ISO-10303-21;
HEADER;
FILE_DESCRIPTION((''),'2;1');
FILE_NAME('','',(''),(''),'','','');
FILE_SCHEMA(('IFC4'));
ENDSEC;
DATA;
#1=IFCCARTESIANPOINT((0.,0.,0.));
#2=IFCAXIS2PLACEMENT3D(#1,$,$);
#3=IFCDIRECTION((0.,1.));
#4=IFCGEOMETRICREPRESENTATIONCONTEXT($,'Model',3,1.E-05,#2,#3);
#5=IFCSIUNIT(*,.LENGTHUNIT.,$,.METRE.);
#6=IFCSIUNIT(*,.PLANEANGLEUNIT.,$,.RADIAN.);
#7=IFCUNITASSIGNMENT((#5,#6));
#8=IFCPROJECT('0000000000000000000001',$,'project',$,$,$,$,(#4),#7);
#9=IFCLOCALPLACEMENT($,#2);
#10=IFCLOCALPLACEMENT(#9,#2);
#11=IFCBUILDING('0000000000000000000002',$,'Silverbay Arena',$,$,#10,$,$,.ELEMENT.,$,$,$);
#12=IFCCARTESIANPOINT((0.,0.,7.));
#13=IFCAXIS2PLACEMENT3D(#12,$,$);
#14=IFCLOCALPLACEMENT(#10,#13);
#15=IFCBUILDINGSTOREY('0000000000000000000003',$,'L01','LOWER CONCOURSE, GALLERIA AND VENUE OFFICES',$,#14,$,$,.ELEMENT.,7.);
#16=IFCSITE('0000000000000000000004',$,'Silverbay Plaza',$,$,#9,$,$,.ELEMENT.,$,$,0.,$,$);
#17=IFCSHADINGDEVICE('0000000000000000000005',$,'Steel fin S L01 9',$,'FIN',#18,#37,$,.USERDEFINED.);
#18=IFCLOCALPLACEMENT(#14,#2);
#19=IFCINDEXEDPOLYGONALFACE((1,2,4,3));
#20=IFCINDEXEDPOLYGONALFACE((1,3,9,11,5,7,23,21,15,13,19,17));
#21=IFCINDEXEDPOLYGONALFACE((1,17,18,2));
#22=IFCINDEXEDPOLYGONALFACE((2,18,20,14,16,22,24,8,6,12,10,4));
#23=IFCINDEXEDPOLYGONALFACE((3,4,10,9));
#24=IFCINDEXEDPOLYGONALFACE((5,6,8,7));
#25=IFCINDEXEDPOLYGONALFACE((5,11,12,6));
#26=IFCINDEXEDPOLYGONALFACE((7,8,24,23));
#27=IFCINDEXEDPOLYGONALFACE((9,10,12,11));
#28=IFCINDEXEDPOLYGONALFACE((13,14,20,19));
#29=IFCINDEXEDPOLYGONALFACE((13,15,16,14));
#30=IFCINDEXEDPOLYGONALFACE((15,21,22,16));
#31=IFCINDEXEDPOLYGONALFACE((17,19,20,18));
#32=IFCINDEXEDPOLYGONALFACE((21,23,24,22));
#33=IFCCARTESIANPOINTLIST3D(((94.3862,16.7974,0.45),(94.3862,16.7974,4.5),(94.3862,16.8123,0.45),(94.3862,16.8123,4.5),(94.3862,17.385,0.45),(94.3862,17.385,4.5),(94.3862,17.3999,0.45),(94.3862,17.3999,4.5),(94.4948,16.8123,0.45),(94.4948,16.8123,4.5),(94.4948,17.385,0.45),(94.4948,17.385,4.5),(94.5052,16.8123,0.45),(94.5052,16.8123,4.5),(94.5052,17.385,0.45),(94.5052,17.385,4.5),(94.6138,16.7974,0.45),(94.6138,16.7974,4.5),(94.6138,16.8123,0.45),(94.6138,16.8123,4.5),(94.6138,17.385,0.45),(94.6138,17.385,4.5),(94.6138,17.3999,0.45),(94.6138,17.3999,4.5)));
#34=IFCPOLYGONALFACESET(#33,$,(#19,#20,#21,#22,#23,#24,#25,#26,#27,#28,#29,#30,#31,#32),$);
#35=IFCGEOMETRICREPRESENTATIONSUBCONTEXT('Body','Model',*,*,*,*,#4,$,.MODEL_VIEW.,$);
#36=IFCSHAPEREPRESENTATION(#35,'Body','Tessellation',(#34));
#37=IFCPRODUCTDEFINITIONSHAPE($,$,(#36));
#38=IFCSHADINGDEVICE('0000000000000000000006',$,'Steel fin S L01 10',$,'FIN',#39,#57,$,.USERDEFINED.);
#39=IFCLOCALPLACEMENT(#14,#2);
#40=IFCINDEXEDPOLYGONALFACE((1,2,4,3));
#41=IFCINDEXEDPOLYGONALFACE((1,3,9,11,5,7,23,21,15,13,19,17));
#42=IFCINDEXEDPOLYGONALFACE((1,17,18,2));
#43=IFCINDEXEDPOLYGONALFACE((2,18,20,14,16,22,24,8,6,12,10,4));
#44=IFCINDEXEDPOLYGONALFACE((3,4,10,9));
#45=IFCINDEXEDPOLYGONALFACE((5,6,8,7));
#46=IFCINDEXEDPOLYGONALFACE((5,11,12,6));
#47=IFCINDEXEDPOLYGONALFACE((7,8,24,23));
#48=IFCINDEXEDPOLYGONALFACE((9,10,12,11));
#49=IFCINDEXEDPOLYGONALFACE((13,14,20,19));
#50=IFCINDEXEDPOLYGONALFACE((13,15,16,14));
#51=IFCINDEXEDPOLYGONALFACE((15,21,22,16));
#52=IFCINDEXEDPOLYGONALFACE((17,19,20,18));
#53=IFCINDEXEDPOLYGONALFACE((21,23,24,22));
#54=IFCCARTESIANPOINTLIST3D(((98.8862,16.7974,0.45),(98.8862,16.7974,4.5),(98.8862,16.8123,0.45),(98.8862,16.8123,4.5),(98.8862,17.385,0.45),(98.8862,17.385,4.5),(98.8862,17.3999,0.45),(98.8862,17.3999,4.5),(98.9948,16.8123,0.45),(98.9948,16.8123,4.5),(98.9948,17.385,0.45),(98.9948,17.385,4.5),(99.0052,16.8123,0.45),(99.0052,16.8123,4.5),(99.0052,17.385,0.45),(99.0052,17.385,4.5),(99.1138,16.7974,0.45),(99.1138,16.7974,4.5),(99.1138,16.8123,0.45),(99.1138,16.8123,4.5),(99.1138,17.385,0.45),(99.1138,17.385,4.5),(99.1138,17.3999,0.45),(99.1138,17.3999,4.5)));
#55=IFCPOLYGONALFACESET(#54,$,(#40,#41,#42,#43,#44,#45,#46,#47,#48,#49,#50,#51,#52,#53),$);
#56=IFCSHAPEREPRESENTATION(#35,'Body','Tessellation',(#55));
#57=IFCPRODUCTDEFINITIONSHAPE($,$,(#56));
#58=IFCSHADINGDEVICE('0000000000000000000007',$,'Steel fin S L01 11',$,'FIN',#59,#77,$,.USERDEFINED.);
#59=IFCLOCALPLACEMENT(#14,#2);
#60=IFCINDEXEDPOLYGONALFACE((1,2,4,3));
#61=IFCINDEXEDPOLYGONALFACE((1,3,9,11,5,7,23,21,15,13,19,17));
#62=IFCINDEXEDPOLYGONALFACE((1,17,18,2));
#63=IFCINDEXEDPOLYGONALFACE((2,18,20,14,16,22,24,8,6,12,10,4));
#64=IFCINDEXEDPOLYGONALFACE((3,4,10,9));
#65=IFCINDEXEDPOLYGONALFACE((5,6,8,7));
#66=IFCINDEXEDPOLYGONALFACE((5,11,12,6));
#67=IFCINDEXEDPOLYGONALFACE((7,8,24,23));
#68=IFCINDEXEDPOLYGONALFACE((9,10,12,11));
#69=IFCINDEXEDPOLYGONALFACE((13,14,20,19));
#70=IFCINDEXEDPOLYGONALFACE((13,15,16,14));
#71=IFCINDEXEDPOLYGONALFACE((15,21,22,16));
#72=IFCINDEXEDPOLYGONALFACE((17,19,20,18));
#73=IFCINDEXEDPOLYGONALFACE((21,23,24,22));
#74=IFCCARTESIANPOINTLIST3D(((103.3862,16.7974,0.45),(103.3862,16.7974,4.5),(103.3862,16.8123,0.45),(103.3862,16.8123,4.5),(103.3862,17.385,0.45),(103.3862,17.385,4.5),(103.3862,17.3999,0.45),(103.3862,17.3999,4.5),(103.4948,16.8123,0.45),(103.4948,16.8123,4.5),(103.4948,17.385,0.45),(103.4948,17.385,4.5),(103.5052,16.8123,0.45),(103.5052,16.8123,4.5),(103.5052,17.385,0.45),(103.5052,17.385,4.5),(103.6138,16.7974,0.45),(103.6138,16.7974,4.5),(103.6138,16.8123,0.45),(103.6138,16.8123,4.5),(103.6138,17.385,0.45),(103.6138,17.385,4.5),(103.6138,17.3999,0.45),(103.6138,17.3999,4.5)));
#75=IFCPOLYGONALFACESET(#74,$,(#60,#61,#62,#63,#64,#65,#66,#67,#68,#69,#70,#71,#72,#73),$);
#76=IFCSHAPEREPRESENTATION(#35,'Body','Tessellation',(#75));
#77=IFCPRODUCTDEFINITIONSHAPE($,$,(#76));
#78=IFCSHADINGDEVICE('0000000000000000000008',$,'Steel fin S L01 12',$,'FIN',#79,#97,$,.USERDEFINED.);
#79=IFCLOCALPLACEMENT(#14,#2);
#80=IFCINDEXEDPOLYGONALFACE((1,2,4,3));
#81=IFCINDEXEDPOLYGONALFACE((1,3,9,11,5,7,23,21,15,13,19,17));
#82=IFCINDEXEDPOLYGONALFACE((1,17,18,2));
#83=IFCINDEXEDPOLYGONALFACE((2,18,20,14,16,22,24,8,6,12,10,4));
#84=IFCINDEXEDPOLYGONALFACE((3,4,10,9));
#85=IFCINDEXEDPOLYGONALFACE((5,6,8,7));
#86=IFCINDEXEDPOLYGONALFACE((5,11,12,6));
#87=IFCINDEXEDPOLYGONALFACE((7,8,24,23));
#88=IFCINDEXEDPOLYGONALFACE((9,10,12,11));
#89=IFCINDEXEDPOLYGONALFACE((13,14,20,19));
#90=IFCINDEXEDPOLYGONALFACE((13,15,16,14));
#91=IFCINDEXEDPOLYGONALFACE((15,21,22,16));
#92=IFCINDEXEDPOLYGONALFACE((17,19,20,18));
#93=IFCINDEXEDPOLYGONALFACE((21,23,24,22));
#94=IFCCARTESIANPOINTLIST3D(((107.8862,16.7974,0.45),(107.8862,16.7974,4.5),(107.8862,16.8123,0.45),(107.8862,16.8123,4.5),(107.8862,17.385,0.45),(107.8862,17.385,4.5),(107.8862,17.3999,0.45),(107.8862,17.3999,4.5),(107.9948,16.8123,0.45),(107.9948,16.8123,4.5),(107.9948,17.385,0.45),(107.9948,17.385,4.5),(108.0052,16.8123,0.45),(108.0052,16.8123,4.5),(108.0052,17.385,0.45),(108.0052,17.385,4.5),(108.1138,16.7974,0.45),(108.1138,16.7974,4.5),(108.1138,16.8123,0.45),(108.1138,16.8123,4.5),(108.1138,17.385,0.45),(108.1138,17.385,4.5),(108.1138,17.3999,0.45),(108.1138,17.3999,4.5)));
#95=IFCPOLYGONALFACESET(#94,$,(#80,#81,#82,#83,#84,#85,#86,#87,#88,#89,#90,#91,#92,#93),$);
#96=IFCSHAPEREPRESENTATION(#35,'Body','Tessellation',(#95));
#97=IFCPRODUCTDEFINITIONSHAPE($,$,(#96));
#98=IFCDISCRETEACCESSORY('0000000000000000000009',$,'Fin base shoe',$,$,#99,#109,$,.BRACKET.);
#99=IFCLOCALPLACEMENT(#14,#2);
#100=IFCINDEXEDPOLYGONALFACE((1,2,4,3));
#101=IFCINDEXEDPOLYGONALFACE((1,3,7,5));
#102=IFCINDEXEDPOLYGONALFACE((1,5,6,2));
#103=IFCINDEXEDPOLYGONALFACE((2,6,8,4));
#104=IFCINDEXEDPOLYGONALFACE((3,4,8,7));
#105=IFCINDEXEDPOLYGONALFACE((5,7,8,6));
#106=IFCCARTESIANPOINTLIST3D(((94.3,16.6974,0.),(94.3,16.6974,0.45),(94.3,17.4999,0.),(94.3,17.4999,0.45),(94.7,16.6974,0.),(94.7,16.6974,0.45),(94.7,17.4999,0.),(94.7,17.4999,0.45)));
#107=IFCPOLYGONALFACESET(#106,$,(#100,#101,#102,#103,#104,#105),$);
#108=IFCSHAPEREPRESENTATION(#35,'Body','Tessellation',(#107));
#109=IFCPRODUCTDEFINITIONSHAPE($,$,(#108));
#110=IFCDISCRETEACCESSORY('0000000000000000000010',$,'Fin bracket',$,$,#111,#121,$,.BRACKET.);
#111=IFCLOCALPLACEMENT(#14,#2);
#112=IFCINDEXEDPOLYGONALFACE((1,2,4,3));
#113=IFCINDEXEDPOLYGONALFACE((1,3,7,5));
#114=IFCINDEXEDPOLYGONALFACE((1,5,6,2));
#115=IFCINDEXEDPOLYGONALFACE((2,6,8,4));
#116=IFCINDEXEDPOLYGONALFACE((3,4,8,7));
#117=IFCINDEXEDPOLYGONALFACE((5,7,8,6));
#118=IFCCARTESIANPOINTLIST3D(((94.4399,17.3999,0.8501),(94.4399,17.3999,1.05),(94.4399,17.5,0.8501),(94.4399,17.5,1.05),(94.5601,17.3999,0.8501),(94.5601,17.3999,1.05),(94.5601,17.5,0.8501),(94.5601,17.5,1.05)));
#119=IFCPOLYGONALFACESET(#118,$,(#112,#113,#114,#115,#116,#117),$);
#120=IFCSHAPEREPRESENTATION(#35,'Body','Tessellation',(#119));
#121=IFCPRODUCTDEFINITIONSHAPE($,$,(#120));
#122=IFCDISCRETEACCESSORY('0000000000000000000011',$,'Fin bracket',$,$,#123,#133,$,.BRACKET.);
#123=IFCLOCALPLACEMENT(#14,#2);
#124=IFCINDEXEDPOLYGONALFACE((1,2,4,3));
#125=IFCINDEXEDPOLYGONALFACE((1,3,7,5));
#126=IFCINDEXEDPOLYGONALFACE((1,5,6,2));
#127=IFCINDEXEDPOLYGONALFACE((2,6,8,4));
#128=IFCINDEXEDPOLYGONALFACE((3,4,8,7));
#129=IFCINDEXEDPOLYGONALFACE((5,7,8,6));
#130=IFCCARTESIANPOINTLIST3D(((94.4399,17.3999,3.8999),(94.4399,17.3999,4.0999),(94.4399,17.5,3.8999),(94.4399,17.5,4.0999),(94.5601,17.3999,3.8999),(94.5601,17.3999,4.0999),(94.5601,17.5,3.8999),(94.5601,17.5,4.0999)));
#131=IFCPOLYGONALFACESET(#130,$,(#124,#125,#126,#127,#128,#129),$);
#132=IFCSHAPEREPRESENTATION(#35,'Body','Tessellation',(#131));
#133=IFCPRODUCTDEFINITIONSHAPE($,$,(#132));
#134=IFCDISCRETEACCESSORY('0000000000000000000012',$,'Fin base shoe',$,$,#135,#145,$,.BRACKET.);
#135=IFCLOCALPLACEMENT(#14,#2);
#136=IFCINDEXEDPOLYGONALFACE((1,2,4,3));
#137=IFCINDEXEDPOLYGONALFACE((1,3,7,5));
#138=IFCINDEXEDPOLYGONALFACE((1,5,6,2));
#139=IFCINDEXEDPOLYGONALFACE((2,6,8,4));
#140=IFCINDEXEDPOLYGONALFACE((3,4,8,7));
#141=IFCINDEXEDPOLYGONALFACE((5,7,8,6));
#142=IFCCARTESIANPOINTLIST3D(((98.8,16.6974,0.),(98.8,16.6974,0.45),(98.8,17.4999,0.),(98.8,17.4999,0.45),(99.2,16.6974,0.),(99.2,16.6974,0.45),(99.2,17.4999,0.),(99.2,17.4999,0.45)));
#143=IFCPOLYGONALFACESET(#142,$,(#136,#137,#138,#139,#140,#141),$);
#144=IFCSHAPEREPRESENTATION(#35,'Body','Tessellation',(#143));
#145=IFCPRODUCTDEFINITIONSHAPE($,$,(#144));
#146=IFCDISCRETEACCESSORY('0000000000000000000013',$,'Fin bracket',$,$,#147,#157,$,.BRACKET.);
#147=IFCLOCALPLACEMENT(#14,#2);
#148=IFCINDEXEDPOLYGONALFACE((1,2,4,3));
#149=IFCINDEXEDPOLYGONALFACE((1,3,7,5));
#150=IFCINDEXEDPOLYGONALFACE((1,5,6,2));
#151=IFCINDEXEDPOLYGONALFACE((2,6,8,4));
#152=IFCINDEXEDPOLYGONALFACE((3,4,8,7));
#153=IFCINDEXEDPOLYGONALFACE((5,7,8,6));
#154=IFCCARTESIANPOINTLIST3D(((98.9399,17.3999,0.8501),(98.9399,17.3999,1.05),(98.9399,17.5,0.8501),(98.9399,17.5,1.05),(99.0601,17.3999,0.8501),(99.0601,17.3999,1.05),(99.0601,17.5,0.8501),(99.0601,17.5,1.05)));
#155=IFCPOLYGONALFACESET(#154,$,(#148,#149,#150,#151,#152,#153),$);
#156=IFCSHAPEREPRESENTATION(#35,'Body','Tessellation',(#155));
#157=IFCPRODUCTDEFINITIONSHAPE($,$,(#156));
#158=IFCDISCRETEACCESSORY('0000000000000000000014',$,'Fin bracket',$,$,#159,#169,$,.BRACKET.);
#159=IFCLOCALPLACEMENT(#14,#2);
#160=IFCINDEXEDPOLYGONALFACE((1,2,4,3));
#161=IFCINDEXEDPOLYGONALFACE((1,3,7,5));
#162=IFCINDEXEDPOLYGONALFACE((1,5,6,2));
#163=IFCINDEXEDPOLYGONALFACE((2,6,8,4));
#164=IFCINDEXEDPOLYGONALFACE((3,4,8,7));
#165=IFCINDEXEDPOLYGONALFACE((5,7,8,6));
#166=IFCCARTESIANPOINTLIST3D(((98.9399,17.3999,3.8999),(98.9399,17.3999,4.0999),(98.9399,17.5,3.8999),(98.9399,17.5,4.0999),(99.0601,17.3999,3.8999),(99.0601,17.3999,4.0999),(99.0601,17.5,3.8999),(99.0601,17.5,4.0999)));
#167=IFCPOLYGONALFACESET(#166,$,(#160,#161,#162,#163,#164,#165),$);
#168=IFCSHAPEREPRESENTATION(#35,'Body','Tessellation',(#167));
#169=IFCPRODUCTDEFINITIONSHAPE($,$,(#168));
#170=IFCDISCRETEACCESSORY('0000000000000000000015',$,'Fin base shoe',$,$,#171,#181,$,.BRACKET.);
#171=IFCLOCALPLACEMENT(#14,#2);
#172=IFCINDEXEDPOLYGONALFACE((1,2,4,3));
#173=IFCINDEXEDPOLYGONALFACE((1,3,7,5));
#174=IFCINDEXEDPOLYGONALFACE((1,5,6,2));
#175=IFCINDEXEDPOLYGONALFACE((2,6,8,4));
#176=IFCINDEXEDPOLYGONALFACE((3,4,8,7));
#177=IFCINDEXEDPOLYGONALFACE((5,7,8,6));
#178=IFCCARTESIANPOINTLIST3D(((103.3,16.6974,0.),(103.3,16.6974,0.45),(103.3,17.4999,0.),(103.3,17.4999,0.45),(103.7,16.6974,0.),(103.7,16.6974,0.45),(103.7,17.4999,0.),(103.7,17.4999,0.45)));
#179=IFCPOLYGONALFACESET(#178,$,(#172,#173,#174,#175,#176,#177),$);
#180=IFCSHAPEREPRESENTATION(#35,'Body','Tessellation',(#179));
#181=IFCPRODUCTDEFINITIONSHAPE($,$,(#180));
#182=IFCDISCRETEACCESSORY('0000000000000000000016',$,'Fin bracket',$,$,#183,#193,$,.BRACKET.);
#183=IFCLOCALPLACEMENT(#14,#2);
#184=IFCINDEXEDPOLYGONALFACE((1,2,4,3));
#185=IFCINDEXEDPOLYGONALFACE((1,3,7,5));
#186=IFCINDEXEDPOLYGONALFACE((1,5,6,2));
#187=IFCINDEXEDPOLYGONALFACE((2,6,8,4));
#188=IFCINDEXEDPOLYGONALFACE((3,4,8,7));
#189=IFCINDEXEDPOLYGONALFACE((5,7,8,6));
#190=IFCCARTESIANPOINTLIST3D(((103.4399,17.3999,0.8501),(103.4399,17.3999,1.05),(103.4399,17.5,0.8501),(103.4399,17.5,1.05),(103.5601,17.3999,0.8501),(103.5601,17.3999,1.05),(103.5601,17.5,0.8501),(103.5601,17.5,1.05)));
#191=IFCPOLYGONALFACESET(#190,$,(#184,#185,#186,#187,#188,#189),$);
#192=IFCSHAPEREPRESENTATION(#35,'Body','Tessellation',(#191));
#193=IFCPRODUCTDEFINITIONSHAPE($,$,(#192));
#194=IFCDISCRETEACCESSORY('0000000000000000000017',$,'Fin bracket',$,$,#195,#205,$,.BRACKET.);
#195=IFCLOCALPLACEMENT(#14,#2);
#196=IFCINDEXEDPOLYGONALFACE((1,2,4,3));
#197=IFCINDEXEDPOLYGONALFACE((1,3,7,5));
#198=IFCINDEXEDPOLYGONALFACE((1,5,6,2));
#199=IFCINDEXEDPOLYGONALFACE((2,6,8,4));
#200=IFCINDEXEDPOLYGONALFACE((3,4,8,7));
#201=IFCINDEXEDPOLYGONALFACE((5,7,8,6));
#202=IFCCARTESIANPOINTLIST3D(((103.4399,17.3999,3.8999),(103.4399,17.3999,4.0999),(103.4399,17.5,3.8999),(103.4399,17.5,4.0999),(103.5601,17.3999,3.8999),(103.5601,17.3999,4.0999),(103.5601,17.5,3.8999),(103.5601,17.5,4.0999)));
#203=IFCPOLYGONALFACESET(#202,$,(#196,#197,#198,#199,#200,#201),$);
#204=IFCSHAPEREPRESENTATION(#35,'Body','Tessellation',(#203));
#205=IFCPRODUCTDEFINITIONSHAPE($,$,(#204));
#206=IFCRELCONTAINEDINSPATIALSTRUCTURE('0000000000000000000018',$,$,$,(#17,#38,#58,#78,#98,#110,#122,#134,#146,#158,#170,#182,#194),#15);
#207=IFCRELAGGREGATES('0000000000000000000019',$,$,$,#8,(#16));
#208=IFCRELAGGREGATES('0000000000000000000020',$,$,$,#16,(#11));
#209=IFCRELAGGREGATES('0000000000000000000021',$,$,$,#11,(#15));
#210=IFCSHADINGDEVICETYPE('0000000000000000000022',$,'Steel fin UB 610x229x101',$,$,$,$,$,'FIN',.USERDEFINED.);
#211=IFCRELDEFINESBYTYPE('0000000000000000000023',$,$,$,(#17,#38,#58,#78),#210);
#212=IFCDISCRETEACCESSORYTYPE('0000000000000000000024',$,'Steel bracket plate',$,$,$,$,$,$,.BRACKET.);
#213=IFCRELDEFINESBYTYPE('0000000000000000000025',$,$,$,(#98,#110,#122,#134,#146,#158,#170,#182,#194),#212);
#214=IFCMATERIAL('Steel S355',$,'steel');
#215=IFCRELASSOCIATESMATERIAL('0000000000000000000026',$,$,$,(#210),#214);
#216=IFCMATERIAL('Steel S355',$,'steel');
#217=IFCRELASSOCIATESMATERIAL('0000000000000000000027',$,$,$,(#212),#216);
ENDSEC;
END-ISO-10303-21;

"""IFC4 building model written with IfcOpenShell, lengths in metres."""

from ifc_helpers import new_model, si_unit, direction, frame, origin, origin_2d, place, context, subcontext, project, spatial, rectangle, i_section, extrude, material, material_profile, profile_set, type_object, element, save


model = new_model("IFC4")

# Units and contexts
model_context = context("Model", 3, precision=1e-05, world=origin(), true_north=direction((0.0, 1.0)))
body_context = subcontext(model_context, "Body", "Model", "MODEL_VIEW")
ifc_project = project(units=[si_unit("LENGTHUNIT", "METRE"), si_unit("PLANEANGLEUNIT", "RADIAN")], contexts=[model_context])

# Site, building, storey
site_placement = place(None, origin())
site = spatial("IfcSite", under=ifc_project, at=site_placement, Name="Silverbay Plaza", CompositionType="ELEMENT", RefElevation=0.0)
building_placement = place(site_placement, origin())
building = spatial("IfcBuilding", under=site, at=building_placement, Name="Silverbay Arena", CompositionType="ELEMENT")
storey_placement = place(building_placement, frame((0.0, 0.0, 7.0)))
storey = spatial("IfcBuildingStorey", under=building, at=storey_placement, Name="L01", Description="LOWER CONCOURSE, GALLERIA AND VENUE OFFICES", CompositionType="ELEMENT", Elevation=7.0)

# Shading devices
ifc_material_1 = material(Name="Steel S355", Category="steel")
ifc_material_profile_1 = material_profile(ifc_material_1, i_section(OverallWidth=0.2275, OverallDepth=0.6025, WebThickness=0.0105, FlangeThickness=0.0149, at=origin_2d()), Name="UB 610x229x101")
ifc_profile_set_1 = profile_set([ifc_material_profile_1], Name="Steel S355")
shading_device_type = type_object("IfcShadingDeviceType", Name="Steel fin UB 610x229x101", ElementType="FIN", PredefinedType="USERDEFINED", material=ifc_profile_set_1)
for number, where, z_axis, x_axis, name in (
    (1, (94.5, 17.0986, 0.45), (0.0, 0.0, 1.0), (1.0, 0.0, 0.0), "Steel fin S L01 9"),
    (2, (99.0, 17.0986, 0.45), (0.0, 0.0, 1.0), (1.0, 0.0, 0.0), "Steel fin S L01 10"),
    (3, (103.5, 17.0986, 0.45), (0.0, 0.0, 1.0), (1.0, 0.0, 0.0), "Steel fin S L01 11"),
    (4, (108.0, 17.0986, 0.45), (0.0, 0.0, 1.0), (1.0, 0.0, 0.0), "Steel fin S L01 12"),
):
    element("IfcShadingDevice", number, at=place(storey_placement, frame(where, z_axis=z_axis, x_axis=x_axis)), inside=storey, type_object=shading_device_type, Name=name, ObjectType="FIN", PredefinedType="USERDEFINED", context=body_context, shape_type="SweptSolid", body=[
        extrude(i_section(OverallWidth=0.2275, OverallDepth=0.6025, WebThickness=0.0105, FlangeThickness=0.0149, at=origin_2d()), origin(), (0.0, 0.0, 1.0), 4.05),
    ])

# Discrete accessories
ifc_material_2 = material(Name="Steel S355", Category="steel")
discrete_accessory_type = type_object("IfcDiscreteAccessoryType", Name="Steel bracket plate", PredefinedType="BRACKET", material=ifc_material_2)
discrete_accessory_1_placement = place(storey_placement, frame((94.5, 17.0986, 0.0), z_axis=(0.0, 0.0, 1.0), x_axis=(1.0, 0.0, 0.0)))
element("IfcDiscreteAccessory", 5, at=discrete_accessory_1_placement, inside=storey, type_object=discrete_accessory_type, Name="Fin base shoe", PredefinedType="BRACKET", context=body_context, shape_type="SweptSolid", body=[
    extrude(rectangle(XDim=0.3999, YDim=0.8025, at=origin_2d()), origin(), (0.0, 0.0, 1.0), 0.45),
])
for number, where, z_axis, x_axis, name in (
    (6, (94.5, 17.45, 0.8501), (0.0, 0.0, 1.0), (1.0, 0.0, 0.0), "Fin bracket"),
    (7, (94.5, 17.45, 3.8999), (0.0, 0.0, 1.0), (1.0, 0.0, 0.0), "Fin bracket"),
):
    element("IfcDiscreteAccessory", number, at=place(storey_placement, frame(where, z_axis=z_axis, x_axis=x_axis)), inside=storey, type_object=discrete_accessory_type, Name=name, PredefinedType="BRACKET", context=body_context, shape_type="SweptSolid", body=[
        extrude(rectangle(XDim=0.1201, YDim=0.1001, at=origin_2d()), origin(), (0.0, 0.0, 1.0), 0.2),
    ])
discrete_accessory_2_placement = place(storey_placement, frame((99.0, 17.0986, 0.0), z_axis=(0.0, 0.0, 1.0), x_axis=(1.0, 0.0, 0.0)))
element("IfcDiscreteAccessory", 8, at=discrete_accessory_2_placement, inside=storey, type_object=discrete_accessory_type, Name="Fin base shoe", PredefinedType="BRACKET", context=body_context, shape_type="SweptSolid", body=[
    extrude(rectangle(XDim=0.3999, YDim=0.8025, at=origin_2d()), origin(), (0.0, 0.0, 1.0), 0.45),
])
for number, where, z_axis, x_axis, name in (
    (9, (99.0, 17.45, 0.8501), (0.0, 0.0, 1.0), (1.0, 0.0, 0.0), "Fin bracket"),
    (10, (99.0, 17.45, 3.8999), (0.0, 0.0, 1.0), (1.0, 0.0, 0.0), "Fin bracket"),
):
    element("IfcDiscreteAccessory", number, at=place(storey_placement, frame(where, z_axis=z_axis, x_axis=x_axis)), inside=storey, type_object=discrete_accessory_type, Name=name, PredefinedType="BRACKET", context=body_context, shape_type="SweptSolid", body=[
        extrude(rectangle(XDim=0.1201, YDim=0.1001, at=origin_2d()), origin(), (0.0, 0.0, 1.0), 0.2),
    ])
discrete_accessory_3_placement = place(storey_placement, frame((103.5, 17.0986, 0.0), z_axis=(0.0, 0.0, 1.0), x_axis=(1.0, 0.0, 0.0)))
element("IfcDiscreteAccessory", 11, at=discrete_accessory_3_placement, inside=storey, type_object=discrete_accessory_type, Name="Fin base shoe", PredefinedType="BRACKET", context=body_context, shape_type="SweptSolid", body=[
    extrude(rectangle(XDim=0.3999, YDim=0.8025, at=origin_2d()), origin(), (0.0, 0.0, 1.0), 0.45),
])
for number, where, z_axis, x_axis, name in (
    (12, (103.5, 17.45, 0.8501), (0.0, 0.0, 1.0), (1.0, 0.0, 0.0), "Fin bracket"),
    (13, (103.5, 17.45, 3.8999), (0.0, 0.0, 1.0), (1.0, 0.0, 0.0), "Fin bracket"),
):
    element("IfcDiscreteAccessory", number, at=place(storey_placement, frame(where, z_axis=z_axis, x_axis=x_axis)), inside=storey, type_object=discrete_accessory_type, Name=name, PredefinedType="BRACKET", context=body_context, shape_type="SweptSolid", body=[
        extrude(rectangle(XDim=0.1201, YDim=0.1001, at=origin_2d()), origin(), (0.0, 0.0, 1.0), 0.2),
    ])

save(model, "model.ifc")
